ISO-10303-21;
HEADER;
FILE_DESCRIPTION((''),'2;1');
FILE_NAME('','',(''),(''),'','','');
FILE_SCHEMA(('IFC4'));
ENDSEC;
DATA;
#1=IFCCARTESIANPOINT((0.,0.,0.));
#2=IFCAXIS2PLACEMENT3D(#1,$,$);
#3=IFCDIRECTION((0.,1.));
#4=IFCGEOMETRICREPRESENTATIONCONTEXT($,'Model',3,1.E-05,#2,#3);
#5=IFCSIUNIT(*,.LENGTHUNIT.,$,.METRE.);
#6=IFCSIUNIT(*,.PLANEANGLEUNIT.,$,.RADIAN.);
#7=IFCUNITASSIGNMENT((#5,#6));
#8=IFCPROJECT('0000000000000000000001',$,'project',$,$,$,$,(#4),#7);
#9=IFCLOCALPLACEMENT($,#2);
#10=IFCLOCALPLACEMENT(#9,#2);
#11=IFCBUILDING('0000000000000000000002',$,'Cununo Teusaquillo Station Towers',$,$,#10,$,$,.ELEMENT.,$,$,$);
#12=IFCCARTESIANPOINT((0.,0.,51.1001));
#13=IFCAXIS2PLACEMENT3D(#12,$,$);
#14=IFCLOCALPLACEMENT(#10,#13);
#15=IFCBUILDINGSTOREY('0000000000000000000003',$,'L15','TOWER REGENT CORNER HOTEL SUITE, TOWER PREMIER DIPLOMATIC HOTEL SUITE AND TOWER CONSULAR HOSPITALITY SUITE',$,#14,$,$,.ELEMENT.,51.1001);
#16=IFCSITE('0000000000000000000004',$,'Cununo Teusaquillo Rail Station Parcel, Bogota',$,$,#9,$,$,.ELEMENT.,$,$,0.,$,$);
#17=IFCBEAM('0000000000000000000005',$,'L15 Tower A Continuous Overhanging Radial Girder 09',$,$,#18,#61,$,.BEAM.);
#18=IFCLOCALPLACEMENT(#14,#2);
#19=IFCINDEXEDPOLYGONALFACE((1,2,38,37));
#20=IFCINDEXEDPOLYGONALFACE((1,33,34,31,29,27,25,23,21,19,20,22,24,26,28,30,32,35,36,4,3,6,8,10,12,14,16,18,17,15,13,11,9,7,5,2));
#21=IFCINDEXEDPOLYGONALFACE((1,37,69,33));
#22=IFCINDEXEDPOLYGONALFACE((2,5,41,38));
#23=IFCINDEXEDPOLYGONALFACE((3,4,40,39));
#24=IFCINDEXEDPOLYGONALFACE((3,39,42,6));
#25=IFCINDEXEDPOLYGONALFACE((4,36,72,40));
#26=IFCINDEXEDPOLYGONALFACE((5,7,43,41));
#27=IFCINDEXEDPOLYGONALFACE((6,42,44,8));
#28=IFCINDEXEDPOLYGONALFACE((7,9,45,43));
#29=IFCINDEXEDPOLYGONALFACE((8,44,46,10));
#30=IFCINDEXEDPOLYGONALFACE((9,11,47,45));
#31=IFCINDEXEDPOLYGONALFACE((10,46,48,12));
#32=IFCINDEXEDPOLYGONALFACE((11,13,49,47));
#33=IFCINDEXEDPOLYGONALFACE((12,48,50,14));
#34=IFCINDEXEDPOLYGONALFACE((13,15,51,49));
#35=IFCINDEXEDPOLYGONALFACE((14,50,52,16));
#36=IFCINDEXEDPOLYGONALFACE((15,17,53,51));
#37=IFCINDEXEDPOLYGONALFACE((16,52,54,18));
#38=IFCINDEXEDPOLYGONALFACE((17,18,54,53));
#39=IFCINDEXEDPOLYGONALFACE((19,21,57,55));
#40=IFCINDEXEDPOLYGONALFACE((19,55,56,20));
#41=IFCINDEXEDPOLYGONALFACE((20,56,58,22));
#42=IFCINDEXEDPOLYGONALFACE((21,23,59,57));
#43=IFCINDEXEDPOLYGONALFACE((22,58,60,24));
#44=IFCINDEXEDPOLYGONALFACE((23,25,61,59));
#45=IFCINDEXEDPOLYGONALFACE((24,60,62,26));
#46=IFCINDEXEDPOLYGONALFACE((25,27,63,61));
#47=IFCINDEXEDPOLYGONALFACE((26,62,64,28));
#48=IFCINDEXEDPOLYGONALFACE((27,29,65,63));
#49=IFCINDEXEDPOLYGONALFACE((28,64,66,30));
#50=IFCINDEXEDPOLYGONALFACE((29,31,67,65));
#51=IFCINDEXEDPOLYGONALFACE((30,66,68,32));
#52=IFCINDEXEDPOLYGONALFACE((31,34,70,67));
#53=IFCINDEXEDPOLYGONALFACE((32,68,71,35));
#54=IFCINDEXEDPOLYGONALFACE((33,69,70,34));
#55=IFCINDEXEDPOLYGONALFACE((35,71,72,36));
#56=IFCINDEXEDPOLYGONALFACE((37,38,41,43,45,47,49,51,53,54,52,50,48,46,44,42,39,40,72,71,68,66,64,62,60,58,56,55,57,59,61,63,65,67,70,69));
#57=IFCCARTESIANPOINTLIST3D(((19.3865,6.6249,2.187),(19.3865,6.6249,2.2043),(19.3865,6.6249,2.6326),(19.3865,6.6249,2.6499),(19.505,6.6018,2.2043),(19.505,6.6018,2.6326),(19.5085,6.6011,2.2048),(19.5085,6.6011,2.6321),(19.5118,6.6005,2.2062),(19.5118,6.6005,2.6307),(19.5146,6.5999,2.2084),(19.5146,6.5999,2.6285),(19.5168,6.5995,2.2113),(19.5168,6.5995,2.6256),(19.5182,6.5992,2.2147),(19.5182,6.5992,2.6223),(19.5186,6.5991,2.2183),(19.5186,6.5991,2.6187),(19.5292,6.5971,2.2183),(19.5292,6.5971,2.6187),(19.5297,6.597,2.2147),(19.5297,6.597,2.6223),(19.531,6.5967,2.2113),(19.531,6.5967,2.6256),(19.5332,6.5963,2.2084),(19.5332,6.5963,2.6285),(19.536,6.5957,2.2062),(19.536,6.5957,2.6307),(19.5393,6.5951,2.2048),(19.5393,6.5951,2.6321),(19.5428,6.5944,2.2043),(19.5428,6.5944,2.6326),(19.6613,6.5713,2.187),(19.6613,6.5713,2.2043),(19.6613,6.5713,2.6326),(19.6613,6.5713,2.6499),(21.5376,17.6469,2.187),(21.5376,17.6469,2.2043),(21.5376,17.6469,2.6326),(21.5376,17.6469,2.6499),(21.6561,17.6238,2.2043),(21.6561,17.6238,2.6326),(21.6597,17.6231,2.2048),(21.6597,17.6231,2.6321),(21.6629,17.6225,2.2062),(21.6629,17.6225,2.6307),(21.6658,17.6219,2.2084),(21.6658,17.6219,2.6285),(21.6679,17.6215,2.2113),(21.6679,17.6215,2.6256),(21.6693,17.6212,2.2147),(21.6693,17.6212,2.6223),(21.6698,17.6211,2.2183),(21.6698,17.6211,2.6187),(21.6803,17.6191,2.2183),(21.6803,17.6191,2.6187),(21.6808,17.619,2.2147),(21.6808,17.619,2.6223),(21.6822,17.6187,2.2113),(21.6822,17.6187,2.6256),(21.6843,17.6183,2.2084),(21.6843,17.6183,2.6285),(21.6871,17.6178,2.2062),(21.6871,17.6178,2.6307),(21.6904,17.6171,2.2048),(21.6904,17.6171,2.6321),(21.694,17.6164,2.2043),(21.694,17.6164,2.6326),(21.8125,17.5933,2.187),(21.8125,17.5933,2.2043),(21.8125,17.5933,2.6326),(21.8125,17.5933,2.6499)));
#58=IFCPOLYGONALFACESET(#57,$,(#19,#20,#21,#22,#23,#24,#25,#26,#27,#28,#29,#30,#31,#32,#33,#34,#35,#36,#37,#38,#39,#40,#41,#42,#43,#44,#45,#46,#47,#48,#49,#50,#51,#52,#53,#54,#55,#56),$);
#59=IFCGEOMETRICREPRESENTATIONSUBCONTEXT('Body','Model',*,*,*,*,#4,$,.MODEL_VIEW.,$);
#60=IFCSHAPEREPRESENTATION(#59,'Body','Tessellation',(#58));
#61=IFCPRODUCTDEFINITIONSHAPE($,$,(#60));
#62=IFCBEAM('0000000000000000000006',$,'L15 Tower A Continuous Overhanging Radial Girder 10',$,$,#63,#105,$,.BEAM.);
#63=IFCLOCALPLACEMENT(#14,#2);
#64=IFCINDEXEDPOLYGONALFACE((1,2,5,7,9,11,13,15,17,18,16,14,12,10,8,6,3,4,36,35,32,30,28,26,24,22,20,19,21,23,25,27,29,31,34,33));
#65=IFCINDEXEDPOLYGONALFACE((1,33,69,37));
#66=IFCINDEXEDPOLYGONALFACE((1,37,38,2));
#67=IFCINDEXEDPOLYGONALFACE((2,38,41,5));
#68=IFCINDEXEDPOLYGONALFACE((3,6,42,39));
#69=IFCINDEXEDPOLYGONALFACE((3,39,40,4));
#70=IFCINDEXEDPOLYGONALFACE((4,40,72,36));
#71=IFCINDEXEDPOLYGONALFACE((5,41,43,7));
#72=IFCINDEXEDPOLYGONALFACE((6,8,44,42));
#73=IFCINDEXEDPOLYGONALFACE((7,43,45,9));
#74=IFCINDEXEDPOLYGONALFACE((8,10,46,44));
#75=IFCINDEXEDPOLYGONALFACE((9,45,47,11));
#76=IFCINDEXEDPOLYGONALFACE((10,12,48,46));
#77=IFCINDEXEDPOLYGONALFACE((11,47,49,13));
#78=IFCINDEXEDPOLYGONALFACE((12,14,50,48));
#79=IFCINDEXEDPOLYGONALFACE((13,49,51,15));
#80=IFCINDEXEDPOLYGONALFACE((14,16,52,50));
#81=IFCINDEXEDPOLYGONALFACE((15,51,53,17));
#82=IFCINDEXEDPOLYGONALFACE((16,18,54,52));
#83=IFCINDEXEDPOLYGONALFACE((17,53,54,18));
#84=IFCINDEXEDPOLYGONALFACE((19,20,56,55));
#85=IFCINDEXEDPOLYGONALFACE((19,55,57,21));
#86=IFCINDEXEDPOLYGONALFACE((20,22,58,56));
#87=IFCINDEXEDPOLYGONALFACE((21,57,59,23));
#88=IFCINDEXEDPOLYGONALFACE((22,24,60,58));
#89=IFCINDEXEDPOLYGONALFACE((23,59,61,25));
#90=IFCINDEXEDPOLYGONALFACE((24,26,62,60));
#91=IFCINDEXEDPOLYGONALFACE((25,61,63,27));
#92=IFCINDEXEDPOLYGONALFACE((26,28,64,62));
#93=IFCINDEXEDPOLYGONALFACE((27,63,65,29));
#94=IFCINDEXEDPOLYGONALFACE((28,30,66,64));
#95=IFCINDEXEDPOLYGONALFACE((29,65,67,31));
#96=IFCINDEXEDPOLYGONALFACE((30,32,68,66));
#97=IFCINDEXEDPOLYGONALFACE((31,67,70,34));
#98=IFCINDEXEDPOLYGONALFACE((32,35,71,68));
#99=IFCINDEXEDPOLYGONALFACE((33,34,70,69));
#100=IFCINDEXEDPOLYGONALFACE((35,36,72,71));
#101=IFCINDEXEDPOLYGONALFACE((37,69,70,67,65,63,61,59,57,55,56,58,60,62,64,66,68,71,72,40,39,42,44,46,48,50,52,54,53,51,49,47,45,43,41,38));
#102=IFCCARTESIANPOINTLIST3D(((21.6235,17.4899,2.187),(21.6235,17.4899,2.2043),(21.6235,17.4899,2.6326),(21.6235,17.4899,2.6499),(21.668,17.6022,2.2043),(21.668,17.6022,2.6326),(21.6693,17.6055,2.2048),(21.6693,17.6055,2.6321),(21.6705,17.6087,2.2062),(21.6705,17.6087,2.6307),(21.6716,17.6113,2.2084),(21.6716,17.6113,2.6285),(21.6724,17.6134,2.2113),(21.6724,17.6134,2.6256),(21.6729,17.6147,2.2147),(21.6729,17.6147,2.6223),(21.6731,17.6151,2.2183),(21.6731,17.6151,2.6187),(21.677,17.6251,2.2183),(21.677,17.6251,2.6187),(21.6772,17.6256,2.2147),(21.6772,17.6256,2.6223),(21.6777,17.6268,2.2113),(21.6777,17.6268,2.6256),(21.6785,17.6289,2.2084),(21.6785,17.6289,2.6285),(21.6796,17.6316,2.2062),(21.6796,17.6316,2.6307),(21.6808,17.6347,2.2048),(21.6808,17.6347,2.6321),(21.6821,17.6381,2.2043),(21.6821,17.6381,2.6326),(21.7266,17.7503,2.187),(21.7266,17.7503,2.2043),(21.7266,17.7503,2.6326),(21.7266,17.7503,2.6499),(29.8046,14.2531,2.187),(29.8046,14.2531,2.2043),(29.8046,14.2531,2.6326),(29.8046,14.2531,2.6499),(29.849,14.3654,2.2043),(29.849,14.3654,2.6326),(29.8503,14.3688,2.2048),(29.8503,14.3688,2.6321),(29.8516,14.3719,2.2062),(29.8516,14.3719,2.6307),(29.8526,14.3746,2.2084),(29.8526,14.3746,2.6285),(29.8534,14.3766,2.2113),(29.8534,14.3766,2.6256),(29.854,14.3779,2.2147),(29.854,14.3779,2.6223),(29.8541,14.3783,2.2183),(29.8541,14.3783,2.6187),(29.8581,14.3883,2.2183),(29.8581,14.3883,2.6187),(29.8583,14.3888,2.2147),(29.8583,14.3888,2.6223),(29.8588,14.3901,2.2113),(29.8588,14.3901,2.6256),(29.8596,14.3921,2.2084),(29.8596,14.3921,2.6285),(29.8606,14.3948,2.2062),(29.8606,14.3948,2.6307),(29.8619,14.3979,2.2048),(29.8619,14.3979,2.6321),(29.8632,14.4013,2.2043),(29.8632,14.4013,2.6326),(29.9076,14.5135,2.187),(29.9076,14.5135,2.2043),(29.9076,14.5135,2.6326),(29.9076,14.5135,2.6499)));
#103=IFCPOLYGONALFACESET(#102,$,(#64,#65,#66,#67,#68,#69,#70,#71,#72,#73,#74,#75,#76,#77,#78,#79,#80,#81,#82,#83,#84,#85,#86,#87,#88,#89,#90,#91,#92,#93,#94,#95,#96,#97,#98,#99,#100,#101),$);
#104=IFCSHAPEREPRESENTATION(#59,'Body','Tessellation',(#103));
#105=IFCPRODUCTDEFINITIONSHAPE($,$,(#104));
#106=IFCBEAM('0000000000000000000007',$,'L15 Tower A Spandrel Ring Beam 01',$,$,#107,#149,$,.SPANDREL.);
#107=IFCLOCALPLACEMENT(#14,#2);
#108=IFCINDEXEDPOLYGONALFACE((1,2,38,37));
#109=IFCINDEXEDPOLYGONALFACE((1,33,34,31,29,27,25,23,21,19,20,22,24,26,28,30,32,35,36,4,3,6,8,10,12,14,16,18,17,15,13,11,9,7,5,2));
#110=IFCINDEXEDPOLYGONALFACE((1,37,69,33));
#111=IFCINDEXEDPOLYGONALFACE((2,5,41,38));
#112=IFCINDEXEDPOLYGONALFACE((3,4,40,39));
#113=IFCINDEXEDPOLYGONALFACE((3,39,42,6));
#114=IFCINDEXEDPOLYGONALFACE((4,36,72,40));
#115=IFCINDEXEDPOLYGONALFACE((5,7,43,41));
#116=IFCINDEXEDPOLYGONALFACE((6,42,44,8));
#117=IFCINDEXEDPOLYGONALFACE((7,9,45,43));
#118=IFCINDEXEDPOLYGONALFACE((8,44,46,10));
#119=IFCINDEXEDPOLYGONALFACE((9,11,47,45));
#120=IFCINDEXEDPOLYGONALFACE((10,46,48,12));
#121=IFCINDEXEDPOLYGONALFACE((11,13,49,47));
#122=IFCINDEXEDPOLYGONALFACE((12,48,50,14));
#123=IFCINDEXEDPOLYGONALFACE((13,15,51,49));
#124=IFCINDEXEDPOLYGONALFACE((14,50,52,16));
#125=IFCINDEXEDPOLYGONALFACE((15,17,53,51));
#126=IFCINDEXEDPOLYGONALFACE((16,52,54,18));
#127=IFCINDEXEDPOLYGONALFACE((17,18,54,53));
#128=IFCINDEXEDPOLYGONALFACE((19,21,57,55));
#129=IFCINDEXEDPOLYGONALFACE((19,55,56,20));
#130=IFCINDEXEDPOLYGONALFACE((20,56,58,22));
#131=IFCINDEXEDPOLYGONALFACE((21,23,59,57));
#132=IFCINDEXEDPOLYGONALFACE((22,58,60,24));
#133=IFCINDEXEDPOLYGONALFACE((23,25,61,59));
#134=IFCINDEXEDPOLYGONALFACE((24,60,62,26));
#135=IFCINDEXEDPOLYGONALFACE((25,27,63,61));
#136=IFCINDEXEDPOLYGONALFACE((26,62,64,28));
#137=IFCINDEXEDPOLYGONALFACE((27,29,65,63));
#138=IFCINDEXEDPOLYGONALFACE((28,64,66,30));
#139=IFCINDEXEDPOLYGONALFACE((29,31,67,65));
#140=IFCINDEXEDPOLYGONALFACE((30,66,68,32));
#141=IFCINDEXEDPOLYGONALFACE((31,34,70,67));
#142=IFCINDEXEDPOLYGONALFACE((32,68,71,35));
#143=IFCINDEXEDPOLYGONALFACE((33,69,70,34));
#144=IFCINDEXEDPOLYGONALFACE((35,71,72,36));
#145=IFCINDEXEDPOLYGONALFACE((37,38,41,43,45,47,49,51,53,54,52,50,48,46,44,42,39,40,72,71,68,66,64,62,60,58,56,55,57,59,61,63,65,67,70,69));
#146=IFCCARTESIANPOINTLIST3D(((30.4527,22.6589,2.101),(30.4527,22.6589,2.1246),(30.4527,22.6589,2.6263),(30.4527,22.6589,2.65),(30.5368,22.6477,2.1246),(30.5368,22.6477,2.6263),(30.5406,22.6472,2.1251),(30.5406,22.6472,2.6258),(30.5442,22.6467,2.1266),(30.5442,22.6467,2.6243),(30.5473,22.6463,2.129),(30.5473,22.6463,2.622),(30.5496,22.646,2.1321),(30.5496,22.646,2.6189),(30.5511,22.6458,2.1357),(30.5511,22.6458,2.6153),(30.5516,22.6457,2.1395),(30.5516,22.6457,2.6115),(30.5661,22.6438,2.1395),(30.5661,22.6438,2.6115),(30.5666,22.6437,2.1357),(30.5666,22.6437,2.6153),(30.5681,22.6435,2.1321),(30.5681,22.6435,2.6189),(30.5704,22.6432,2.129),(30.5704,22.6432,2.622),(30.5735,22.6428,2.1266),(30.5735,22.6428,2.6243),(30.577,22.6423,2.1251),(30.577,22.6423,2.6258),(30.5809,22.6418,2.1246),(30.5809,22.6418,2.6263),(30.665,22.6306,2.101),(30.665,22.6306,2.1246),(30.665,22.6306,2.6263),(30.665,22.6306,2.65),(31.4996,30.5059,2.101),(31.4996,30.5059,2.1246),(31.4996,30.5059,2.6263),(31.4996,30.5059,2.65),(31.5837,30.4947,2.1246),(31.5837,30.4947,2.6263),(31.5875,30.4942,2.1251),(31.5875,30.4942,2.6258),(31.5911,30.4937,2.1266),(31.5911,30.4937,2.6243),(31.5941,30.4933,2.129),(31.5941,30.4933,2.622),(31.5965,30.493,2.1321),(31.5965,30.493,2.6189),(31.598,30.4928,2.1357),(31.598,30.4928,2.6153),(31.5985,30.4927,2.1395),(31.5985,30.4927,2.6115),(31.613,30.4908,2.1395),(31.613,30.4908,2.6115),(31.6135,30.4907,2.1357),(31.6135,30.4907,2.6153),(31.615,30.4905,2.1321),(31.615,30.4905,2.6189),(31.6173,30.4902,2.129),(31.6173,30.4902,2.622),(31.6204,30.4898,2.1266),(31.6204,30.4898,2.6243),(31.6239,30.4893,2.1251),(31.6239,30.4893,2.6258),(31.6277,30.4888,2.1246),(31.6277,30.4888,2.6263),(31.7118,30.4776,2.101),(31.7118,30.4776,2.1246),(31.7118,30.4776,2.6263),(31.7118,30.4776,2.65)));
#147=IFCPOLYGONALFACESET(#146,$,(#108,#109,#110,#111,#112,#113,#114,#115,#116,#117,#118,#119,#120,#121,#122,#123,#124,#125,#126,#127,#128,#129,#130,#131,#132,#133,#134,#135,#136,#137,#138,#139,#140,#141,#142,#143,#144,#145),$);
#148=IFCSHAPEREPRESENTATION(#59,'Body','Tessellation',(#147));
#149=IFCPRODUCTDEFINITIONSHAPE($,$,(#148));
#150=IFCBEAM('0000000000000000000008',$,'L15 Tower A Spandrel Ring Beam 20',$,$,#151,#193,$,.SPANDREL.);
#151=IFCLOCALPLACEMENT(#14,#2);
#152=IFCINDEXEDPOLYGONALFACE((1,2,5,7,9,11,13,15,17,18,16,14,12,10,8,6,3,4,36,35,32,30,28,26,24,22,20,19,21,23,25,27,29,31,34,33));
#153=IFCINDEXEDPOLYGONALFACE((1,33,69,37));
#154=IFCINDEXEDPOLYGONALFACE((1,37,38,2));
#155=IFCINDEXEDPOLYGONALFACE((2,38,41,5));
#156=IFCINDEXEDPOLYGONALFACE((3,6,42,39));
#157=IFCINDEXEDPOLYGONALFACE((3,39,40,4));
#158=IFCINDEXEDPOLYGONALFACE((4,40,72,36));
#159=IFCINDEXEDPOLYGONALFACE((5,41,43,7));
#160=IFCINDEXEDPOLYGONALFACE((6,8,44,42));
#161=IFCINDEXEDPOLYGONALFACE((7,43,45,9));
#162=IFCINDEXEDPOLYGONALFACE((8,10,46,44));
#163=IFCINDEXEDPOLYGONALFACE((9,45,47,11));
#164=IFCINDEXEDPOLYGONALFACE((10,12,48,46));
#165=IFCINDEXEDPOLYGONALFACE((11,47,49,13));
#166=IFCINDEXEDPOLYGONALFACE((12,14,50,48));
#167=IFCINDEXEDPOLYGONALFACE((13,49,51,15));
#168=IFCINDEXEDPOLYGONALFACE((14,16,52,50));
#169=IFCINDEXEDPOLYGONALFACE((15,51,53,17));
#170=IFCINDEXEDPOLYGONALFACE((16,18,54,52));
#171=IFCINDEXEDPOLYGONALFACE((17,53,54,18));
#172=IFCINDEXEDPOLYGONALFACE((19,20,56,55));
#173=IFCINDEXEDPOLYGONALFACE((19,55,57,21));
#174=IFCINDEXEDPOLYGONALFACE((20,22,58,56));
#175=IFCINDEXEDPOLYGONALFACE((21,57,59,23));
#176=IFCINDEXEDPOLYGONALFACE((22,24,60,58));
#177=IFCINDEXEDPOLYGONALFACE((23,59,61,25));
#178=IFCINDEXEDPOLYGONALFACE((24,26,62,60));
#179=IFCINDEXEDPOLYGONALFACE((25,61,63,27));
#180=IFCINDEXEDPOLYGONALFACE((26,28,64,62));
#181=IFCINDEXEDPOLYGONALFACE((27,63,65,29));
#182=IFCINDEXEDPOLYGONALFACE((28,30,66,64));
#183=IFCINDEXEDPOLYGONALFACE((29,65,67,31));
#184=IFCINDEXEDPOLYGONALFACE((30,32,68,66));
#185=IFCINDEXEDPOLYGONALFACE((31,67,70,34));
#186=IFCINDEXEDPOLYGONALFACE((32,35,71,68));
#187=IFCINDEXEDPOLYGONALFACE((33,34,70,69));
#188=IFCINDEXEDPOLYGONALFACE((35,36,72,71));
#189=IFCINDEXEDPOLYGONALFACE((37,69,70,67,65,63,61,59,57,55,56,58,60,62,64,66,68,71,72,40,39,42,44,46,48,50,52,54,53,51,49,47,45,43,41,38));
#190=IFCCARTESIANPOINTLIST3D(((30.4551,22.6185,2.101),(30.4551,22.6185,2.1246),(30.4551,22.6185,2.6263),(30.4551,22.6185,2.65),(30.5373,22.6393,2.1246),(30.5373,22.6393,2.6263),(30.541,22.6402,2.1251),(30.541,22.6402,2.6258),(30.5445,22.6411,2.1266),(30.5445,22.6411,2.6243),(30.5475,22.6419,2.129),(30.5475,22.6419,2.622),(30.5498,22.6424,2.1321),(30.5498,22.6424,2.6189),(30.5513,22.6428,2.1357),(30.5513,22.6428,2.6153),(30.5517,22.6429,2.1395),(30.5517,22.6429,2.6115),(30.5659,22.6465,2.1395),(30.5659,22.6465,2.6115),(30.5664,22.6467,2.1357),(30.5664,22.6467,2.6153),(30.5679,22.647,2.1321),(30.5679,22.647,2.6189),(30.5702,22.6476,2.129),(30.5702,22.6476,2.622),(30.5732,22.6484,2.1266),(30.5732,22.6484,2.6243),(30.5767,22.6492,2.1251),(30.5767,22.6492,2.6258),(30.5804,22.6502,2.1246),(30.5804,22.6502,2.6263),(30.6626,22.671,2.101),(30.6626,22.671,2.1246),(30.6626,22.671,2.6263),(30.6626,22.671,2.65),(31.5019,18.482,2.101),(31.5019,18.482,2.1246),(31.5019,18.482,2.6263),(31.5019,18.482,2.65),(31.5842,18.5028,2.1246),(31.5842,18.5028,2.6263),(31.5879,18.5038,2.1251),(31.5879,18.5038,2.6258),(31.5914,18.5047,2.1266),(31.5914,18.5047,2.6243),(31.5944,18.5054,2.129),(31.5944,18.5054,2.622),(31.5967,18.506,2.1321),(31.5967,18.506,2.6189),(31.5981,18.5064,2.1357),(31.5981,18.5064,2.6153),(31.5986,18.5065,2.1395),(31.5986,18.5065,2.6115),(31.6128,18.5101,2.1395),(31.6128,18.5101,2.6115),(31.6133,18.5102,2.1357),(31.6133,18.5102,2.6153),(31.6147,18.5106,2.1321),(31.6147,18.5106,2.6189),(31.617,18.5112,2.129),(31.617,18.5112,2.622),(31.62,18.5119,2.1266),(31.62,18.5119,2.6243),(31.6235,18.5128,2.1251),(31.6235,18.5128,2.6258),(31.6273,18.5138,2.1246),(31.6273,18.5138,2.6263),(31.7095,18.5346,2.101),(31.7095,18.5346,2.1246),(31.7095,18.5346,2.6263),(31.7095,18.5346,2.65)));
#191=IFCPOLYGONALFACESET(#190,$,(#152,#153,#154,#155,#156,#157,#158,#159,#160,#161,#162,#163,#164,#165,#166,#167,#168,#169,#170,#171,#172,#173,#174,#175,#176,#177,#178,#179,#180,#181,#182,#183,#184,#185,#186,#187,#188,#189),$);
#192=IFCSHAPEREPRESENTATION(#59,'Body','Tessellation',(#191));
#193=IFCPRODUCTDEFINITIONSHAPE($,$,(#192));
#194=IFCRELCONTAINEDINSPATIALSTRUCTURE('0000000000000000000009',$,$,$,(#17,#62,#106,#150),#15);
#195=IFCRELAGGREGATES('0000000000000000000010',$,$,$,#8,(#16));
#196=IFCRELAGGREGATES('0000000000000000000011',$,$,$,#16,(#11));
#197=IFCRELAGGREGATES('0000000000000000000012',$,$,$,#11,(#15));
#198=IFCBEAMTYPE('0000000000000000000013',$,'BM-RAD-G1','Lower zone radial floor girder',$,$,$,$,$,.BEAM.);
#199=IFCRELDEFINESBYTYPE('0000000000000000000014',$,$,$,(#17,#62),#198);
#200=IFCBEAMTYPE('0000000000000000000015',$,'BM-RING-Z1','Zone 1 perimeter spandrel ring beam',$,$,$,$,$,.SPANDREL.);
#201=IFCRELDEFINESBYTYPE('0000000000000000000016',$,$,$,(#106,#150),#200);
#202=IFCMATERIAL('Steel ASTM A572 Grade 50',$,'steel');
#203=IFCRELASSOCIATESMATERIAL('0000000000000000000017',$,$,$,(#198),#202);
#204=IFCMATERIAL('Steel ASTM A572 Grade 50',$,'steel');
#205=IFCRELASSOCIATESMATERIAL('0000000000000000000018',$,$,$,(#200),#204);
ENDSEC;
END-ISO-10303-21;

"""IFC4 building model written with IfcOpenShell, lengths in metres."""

from ifc_helpers import new_model, si_unit, direction, frame, origin, origin_2d, place, context, subcontext, project, spatial, i_section, extrude, material, material_profile, profile_set, type_object, element, save


model = new_model("IFC4")

# Units and contexts
model_context = context("Model", 3, precision=1e-05, world=origin(), true_north=direction((0.0, 1.0)))
body_context = subcontext(model_context, "Body", "Model", "MODEL_VIEW")
ifc_project = project(units=[si_unit("LENGTHUNIT", "METRE"), si_unit("PLANEANGLEUNIT", "RADIAN")], contexts=[model_context])

# Site, building, storey
site_placement = place(None, origin())
site = spatial("IfcSite", under=ifc_project, at=site_placement, Name="Cununo Teusaquillo Rail Station Parcel, Bogota", CompositionType="ELEMENT", RefElevation=0.0)
building_placement = place(site_placement, origin())
building = spatial("IfcBuilding", under=site, at=building_placement, Name="Cununo Teusaquillo Station Towers", CompositionType="ELEMENT")
storey_placement = place(building_placement, frame((0.0, 0.0, 51.1001)))
storey = spatial("IfcBuildingStorey", under=building, at=storey_placement, Name="L15", Description="TOWER REGENT CORNER HOTEL SUITE, TOWER PREMIER DIPLOMATIC HOTEL SUITE AND TOWER CONSULAR HOSPITALITY SUITE", CompositionType="ELEMENT", Elevation=51.1001)

# Beams
ifc_material_1 = material(Name="Steel ASTM A572 Grade 50", Category="steel")
ifc_material_profile_1 = material_profile(ifc_material_1, i_section(OverallWidth=0.28, OverallDepth=0.4629, WebThickness=0.0107, FlangeThickness=0.0173, FilletRadius=0.0139, at=origin_2d()), Name="W18X76")
ifc_profile_set_1 = profile_set([ifc_material_profile_1], Name="Steel ASTM A572 Grade 50")
beam_type_1 = type_object("IfcBeamType", Name="BM-RAD-G1", Description="Lower zone radial floor girder", PredefinedType="BEAM", material=ifc_profile_set_1)
beam_1_placement = place(storey_placement, frame((21.675, 17.6201, 2.4185), z_axis=(-0.191553, -0.981482, 0.0), x_axis=(0.981482, -0.191553, 0.0)))
element("IfcBeam", 1, at=beam_1_placement, inside=storey, type_object=beam_type_1, Name="L15 Tower A Continuous Overhanging Radial Girder 09", PredefinedType="BEAM", context=body_context, shape_type="SweptSolid", body=[
    extrude(i_section(OverallWidth=0.28, OverallDepth=0.4629, WebThickness=0.0107, FlangeThickness=0.0173, FilletRadius=0.0139, at=origin_2d()), origin(), (0.0, 0.0, 1.0), 11.23),
])
beam_2_placement = place(storey_placement, frame((21.675, 17.6201, 2.4185), z_axis=(0.929867, -0.367896, 0.0), x_axis=(0.367896, 0.929867, 0.0)))
element("IfcBeam", 2, at=beam_2_placement, inside=storey, type_object=beam_type_1, Name="L15 Tower A Continuous Overhanging Radial Girder 10", PredefinedType="BEAM", context=body_context, shape_type="SweptSolid", body=[
    extrude(i_section(OverallWidth=0.28, OverallDepth=0.4629, WebThickness=0.0107, FlangeThickness=0.0173, FilletRadius=0.0139, at=origin_2d()), origin(), (0.0, 0.0, 1.0), 8.7981),
])
ifc_material_2 = material(Name="Steel ASTM A572 Grade 50", Category="steel")
ifc_material_profile_2 = material_profile(ifc_material_2, i_section(OverallWidth=0.2141, OverallDepth=0.5491, WebThickness=0.0146, FlangeThickness=0.0237, FilletRadius=0.0149, at=origin_2d()), Name="W21X93")
ifc_profile_set_2 = profile_set([ifc_material_profile_2], Name="Steel ASTM A572 Grade 50")
beam_type_2 = type_object("IfcBeamType", Name="BM-RING-Z1", Description="Zone 1 perimeter spandrel ring beam", PredefinedType="SPANDREL", material=ifc_profile_set_2)
beam_3_placement = place(storey_placement, frame((30.5588, 22.6448, 2.3755), z_axis=(0.13224, 0.991218, 0.0), x_axis=(-0.991218, 0.13224, 0.0)))
element("IfcBeam", 3, at=beam_3_placement, inside=storey, type_object=beam_type_2, Name="L15 Tower A Spandrel Ring Beam 01", PredefinedType="SPANDREL", context=body_context, shape_type="SweptSolid", body=[
    extrude(i_section(OverallWidth=0.2141, OverallDepth=0.5491, WebThickness=0.0146, FlangeThickness=0.0237, FilletRadius=0.0149, at=origin_2d()), origin(), (0.0, 0.0, 1.0), 7.9165),
])
beam_4_placement = place(storey_placement, frame((31.6057, 18.5083, 2.3755), z_axis=(-0.245348, 0.969435, 0.0), x_axis=(-0.969435, -0.245348, 0.0)))
element("IfcBeam", 4, at=beam_4_placement, inside=storey, type_object=beam_type_2, Name="L15 Tower A Spandrel Ring Beam 20", PredefinedType="SPANDREL", context=body_context, shape_type="SweptSolid", body=[
    extrude(i_section(OverallWidth=0.2141, OverallDepth=0.5491, WebThickness=0.0146, FlangeThickness=0.0237, FilletRadius=0.0149, at=origin_2d()), origin(), (0.0, 0.0, 1.0), 4.2668),
])

save(model, "model.ifc")
